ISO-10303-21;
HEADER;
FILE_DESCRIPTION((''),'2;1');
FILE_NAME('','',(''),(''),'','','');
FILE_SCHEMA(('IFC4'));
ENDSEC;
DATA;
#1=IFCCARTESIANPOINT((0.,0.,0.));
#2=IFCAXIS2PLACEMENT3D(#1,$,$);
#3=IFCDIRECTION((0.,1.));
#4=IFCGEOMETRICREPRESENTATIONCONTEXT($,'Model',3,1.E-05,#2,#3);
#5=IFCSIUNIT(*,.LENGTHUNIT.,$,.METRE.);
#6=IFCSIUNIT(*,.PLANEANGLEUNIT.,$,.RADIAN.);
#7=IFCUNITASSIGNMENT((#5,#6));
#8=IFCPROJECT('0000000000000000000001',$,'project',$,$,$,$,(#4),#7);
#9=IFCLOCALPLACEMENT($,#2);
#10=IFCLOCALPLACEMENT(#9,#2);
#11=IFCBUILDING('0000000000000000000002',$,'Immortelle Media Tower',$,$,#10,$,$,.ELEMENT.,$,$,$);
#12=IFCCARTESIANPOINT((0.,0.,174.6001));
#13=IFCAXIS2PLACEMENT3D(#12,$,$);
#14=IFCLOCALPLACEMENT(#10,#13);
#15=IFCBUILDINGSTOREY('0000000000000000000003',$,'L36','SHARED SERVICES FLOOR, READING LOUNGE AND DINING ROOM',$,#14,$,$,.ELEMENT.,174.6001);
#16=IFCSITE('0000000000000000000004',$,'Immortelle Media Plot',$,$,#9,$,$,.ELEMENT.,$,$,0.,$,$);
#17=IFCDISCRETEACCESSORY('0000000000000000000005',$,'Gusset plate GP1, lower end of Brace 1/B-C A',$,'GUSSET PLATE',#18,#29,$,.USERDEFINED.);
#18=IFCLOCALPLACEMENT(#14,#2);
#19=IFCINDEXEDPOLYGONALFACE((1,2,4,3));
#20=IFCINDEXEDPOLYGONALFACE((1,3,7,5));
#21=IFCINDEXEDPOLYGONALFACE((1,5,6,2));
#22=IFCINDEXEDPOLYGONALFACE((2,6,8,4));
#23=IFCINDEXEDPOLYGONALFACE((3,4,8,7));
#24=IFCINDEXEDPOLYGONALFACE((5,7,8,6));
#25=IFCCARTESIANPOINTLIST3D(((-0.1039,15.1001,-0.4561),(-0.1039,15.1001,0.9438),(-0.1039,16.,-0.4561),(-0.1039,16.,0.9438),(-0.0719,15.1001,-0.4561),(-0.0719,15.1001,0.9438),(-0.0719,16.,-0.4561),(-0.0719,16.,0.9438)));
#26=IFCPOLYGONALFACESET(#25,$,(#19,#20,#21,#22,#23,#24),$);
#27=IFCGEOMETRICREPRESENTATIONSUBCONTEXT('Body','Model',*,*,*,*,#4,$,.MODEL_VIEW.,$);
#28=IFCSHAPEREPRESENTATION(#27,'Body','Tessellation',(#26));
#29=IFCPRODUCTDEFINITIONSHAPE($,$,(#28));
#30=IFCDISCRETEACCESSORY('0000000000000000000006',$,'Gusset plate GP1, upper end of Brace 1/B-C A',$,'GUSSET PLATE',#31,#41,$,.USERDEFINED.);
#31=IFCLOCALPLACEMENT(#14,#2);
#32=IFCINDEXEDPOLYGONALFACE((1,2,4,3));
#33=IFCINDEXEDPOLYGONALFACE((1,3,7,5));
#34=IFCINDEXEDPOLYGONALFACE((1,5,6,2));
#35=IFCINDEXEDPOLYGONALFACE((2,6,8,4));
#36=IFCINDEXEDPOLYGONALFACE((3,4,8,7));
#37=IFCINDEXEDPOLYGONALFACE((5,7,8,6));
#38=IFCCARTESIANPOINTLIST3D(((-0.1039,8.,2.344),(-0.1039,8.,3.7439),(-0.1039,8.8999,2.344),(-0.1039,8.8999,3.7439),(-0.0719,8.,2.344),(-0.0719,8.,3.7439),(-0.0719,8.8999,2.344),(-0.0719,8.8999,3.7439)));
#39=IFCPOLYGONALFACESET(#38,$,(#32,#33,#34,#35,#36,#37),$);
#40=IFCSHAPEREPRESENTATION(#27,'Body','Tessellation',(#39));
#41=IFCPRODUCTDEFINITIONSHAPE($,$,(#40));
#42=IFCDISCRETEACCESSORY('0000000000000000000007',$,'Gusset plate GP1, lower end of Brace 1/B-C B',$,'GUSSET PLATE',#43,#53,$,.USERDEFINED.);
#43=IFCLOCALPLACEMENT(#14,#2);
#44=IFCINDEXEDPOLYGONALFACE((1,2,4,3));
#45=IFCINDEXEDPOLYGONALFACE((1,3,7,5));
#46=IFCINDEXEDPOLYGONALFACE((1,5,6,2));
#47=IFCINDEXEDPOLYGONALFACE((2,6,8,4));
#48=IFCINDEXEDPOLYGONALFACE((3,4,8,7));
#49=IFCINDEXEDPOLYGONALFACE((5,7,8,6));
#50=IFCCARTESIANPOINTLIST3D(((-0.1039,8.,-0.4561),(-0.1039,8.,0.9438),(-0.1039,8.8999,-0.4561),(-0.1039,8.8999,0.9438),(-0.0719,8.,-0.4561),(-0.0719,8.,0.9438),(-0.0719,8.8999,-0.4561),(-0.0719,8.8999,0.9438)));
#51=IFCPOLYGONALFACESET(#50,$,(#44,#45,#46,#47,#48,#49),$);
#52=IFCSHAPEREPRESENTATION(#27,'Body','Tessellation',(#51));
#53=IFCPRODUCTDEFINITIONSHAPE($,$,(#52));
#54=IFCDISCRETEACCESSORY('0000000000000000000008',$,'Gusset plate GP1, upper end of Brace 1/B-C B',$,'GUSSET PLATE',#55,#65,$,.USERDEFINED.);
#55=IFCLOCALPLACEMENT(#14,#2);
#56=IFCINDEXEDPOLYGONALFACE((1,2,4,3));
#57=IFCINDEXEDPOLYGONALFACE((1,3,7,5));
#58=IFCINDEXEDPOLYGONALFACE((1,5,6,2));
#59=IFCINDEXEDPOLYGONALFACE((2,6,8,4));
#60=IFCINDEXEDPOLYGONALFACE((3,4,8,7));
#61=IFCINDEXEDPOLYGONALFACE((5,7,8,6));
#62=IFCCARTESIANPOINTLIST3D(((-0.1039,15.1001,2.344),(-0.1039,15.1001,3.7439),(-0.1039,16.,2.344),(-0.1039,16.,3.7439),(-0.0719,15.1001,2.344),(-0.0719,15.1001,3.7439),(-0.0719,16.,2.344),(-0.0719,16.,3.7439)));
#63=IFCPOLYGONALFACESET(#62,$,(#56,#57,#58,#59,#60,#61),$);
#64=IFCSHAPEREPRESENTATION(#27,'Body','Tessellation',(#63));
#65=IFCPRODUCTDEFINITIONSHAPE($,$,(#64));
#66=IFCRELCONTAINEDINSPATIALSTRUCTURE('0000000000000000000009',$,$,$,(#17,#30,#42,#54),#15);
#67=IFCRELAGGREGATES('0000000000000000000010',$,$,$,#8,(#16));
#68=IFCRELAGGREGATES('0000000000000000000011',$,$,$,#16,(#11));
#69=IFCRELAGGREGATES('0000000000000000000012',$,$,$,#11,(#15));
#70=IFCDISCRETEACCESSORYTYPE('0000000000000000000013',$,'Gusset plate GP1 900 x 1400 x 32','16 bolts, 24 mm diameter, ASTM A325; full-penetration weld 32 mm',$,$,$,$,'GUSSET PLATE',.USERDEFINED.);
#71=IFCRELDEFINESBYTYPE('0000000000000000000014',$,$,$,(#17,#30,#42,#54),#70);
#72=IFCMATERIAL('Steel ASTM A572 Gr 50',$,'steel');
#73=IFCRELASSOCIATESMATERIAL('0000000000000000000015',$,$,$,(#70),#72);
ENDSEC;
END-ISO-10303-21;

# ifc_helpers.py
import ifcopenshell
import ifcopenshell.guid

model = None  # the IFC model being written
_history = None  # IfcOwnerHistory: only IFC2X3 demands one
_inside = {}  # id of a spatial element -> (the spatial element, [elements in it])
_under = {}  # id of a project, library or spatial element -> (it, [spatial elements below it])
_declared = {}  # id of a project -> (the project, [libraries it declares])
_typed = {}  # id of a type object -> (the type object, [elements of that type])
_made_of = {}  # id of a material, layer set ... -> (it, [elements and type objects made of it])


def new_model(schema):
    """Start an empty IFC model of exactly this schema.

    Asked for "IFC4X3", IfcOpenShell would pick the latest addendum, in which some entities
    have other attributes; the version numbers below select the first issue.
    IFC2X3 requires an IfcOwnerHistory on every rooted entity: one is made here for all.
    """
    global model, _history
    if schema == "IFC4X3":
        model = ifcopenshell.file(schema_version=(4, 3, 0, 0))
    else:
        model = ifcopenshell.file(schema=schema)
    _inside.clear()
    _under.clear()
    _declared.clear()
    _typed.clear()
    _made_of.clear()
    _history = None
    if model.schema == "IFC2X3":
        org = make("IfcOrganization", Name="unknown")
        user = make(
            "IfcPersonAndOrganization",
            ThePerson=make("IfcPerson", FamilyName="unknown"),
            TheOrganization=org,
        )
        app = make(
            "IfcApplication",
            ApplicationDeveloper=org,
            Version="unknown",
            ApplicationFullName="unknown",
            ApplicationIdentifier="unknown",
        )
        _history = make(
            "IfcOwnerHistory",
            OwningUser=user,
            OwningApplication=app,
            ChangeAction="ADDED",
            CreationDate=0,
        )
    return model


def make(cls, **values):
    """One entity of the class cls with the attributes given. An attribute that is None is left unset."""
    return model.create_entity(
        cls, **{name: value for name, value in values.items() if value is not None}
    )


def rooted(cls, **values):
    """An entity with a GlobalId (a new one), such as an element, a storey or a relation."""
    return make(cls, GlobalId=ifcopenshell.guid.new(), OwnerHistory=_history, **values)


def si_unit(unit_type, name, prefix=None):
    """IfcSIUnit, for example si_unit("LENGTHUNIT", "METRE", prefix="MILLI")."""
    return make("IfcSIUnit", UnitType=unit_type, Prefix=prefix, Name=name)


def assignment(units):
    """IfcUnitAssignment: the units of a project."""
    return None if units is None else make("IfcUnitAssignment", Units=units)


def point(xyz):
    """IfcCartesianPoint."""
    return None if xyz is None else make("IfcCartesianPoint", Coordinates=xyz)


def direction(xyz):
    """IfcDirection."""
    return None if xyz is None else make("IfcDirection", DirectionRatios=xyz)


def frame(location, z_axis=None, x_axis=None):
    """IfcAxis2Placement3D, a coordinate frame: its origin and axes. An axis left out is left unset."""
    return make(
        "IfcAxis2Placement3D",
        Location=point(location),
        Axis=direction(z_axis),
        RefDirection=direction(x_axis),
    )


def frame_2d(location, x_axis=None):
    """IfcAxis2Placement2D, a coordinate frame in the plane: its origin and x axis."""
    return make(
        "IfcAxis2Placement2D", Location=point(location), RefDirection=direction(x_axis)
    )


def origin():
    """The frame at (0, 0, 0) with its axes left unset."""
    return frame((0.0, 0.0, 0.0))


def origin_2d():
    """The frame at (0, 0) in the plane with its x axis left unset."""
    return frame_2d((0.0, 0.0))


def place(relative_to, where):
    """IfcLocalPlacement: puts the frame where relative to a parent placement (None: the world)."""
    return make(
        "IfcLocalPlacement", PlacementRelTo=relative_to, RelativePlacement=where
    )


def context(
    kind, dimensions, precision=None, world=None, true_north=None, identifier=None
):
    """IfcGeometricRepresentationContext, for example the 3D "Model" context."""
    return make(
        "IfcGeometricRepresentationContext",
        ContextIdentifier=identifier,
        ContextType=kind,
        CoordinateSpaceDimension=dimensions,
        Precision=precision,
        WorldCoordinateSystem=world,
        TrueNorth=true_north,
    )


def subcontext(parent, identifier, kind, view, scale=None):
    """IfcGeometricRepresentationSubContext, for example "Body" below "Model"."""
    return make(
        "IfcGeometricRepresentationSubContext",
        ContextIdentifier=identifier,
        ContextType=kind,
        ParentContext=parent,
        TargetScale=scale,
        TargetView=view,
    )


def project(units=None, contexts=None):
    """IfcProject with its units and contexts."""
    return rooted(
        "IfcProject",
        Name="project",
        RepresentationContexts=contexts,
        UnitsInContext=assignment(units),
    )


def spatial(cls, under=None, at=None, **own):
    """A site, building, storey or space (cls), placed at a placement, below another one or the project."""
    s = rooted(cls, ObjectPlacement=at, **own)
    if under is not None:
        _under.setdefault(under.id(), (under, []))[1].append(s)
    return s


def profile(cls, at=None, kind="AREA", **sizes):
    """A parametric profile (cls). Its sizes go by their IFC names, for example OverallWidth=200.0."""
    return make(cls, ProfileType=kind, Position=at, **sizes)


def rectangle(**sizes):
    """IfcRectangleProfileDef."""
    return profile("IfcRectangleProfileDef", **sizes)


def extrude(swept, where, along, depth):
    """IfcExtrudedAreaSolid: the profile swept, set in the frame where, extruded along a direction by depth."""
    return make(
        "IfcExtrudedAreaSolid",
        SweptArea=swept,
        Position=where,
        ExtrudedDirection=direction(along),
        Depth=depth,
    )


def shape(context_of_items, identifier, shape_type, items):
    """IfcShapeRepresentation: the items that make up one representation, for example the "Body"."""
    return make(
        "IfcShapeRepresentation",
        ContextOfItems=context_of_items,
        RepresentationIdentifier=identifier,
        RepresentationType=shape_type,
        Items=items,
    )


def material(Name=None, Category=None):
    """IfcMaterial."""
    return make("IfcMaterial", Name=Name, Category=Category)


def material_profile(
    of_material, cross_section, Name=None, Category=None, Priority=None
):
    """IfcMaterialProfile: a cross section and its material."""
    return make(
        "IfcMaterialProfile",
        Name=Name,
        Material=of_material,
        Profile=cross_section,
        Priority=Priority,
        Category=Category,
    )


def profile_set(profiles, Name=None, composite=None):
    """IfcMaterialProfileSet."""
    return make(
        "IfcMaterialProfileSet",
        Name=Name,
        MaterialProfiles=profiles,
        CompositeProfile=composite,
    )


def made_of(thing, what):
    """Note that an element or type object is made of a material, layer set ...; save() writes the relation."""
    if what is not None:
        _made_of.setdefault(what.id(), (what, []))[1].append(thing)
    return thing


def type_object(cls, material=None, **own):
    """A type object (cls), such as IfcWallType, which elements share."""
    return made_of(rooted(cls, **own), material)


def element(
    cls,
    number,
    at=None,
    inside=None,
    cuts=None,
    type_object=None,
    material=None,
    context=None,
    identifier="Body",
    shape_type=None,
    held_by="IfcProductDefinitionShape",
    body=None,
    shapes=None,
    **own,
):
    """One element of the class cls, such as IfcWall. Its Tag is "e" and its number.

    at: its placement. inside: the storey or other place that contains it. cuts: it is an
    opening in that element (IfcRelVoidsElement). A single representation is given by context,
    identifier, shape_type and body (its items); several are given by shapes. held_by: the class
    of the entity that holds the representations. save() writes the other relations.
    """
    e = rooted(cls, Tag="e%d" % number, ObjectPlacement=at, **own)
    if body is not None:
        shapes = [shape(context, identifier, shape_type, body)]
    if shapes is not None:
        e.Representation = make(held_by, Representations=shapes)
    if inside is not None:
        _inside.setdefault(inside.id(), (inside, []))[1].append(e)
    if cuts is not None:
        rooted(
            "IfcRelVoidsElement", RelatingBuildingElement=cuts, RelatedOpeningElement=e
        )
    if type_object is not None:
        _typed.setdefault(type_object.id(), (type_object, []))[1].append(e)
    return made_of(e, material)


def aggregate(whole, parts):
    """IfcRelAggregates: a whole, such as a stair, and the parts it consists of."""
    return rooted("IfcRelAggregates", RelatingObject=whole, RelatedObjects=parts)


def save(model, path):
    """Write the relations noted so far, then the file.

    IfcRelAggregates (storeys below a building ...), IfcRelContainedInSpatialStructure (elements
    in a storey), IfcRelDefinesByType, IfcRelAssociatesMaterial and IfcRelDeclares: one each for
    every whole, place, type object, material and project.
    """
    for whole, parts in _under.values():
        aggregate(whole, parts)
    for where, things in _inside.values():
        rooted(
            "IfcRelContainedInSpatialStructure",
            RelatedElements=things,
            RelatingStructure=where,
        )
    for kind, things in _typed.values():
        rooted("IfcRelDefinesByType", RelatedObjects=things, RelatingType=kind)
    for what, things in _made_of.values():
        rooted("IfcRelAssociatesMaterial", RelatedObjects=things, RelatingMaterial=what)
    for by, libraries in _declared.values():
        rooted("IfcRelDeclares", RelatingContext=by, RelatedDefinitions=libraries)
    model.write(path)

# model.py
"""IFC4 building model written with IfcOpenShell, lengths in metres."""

from ifc_helpers import new_model, si_unit, direction, frame, origin, origin_2d, place, context, subcontext, project, spatial, rectangle, extrude, material, material_profile, profile_set, type_object, element, save


model = new_model("IFC4")

# Units and contexts
model_context = context("Model", 3, precision=1e-05, world=origin(), true_north=direction((0.0, 1.0)))
body_context = subcontext(model_context, "Body", "Model", "MODEL_VIEW")
ifc_project = project(units=[si_unit("LENGTHUNIT", "METRE"), si_unit("PLANEANGLEUNIT", "RADIAN")], contexts=[model_context])

# Site, building, storey
site_placement = place(None, origin())
site = spatial("IfcSite", under=ifc_project, at=site_placement, Name="Immortelle Media Plot", CompositionType="ELEMENT", RefElevation=0.0)
building_placement = place(site_placement, origin())
building = spatial("IfcBuilding", under=site, at=building_placement, Name="Immortelle Media Tower", CompositionType="ELEMENT")
storey_placement = place(building_placement, frame((0.0, 0.0, 174.6001)))
storey = spatial("IfcBuildingStorey", under=building, at=storey_placement, Name="L36", Description="SHARED SERVICES FLOOR, READING LOUNGE AND DINING ROOM", CompositionType="ELEMENT", Elevation=174.6001)

# Discrete accessories
ifc_material_1 = material(Name="Steel ASTM A572 Gr 50", Category="steel")
ifc_material_profile_1 = material_profile(ifc_material_1, rectangle(XDim=0.032, YDim=1.3999, at=origin_2d()), Name="PL 32 x 1400")
ifc_profile_set_1 = profile_set([ifc_material_profile_1], Name="Steel ASTM A572 Gr 50")
discrete_accessory_type_1 = type_object("IfcDiscreteAccessoryType", Name="Gusset plate GP1 900 x 1400 x 32", Description="16 bolts, 24 mm diameter, ASTM A325; full-penetration weld 32 mm", ElementType="GUSSET PLATE", PredefinedType="USERDEFINED", material=ifc_profile_set_1)
for number, where, z_axis, x_axis, name in (
    (1, (-0.0879, 16.0, 0.2439), (0.0, -1.0, 0.0), (1.0, 0.0, 0.0), "Gusset plate GP1, lower end of Brace 1/B-C A"),
    (2, (-0.0879, 8.0, 3.0439), (0.0, 1.0, 0.0), (-1.0, 0.0, 0.0), "Gusset plate GP1, upper end of Brace 1/B-C A"),
    (3, (-0.0879, 8.0, 0.2439), (0.0, 1.0, 0.0), (-1.0, 0.0, 0.0), "Gusset plate GP1, lower end of Brace 1/B-C B"),
    (4, (-0.0879, 16.0, 3.0439), (0.0, -1.0, 0.0), (1.0, 0.0, 0.0), "Gusset plate GP1, upper end of Brace 1/B-C B"),
):
    element("IfcDiscreteAccessory", number, at=place(storey_placement, frame(where, z_axis=z_axis, x_axis=x_axis)), inside=storey, type_object=discrete_accessory_type_1, Name=name, ObjectType="GUSSET PLATE", PredefinedType="USERDEFINED", context=body_context, shape_type="SweptSolid", body=[
        extrude(rectangle(XDim=0.032, YDim=1.3999, at=origin_2d()), origin(), (0.0, 0.0, 1.0), 0.8999),
    ])

save(model, "model.ifc")
